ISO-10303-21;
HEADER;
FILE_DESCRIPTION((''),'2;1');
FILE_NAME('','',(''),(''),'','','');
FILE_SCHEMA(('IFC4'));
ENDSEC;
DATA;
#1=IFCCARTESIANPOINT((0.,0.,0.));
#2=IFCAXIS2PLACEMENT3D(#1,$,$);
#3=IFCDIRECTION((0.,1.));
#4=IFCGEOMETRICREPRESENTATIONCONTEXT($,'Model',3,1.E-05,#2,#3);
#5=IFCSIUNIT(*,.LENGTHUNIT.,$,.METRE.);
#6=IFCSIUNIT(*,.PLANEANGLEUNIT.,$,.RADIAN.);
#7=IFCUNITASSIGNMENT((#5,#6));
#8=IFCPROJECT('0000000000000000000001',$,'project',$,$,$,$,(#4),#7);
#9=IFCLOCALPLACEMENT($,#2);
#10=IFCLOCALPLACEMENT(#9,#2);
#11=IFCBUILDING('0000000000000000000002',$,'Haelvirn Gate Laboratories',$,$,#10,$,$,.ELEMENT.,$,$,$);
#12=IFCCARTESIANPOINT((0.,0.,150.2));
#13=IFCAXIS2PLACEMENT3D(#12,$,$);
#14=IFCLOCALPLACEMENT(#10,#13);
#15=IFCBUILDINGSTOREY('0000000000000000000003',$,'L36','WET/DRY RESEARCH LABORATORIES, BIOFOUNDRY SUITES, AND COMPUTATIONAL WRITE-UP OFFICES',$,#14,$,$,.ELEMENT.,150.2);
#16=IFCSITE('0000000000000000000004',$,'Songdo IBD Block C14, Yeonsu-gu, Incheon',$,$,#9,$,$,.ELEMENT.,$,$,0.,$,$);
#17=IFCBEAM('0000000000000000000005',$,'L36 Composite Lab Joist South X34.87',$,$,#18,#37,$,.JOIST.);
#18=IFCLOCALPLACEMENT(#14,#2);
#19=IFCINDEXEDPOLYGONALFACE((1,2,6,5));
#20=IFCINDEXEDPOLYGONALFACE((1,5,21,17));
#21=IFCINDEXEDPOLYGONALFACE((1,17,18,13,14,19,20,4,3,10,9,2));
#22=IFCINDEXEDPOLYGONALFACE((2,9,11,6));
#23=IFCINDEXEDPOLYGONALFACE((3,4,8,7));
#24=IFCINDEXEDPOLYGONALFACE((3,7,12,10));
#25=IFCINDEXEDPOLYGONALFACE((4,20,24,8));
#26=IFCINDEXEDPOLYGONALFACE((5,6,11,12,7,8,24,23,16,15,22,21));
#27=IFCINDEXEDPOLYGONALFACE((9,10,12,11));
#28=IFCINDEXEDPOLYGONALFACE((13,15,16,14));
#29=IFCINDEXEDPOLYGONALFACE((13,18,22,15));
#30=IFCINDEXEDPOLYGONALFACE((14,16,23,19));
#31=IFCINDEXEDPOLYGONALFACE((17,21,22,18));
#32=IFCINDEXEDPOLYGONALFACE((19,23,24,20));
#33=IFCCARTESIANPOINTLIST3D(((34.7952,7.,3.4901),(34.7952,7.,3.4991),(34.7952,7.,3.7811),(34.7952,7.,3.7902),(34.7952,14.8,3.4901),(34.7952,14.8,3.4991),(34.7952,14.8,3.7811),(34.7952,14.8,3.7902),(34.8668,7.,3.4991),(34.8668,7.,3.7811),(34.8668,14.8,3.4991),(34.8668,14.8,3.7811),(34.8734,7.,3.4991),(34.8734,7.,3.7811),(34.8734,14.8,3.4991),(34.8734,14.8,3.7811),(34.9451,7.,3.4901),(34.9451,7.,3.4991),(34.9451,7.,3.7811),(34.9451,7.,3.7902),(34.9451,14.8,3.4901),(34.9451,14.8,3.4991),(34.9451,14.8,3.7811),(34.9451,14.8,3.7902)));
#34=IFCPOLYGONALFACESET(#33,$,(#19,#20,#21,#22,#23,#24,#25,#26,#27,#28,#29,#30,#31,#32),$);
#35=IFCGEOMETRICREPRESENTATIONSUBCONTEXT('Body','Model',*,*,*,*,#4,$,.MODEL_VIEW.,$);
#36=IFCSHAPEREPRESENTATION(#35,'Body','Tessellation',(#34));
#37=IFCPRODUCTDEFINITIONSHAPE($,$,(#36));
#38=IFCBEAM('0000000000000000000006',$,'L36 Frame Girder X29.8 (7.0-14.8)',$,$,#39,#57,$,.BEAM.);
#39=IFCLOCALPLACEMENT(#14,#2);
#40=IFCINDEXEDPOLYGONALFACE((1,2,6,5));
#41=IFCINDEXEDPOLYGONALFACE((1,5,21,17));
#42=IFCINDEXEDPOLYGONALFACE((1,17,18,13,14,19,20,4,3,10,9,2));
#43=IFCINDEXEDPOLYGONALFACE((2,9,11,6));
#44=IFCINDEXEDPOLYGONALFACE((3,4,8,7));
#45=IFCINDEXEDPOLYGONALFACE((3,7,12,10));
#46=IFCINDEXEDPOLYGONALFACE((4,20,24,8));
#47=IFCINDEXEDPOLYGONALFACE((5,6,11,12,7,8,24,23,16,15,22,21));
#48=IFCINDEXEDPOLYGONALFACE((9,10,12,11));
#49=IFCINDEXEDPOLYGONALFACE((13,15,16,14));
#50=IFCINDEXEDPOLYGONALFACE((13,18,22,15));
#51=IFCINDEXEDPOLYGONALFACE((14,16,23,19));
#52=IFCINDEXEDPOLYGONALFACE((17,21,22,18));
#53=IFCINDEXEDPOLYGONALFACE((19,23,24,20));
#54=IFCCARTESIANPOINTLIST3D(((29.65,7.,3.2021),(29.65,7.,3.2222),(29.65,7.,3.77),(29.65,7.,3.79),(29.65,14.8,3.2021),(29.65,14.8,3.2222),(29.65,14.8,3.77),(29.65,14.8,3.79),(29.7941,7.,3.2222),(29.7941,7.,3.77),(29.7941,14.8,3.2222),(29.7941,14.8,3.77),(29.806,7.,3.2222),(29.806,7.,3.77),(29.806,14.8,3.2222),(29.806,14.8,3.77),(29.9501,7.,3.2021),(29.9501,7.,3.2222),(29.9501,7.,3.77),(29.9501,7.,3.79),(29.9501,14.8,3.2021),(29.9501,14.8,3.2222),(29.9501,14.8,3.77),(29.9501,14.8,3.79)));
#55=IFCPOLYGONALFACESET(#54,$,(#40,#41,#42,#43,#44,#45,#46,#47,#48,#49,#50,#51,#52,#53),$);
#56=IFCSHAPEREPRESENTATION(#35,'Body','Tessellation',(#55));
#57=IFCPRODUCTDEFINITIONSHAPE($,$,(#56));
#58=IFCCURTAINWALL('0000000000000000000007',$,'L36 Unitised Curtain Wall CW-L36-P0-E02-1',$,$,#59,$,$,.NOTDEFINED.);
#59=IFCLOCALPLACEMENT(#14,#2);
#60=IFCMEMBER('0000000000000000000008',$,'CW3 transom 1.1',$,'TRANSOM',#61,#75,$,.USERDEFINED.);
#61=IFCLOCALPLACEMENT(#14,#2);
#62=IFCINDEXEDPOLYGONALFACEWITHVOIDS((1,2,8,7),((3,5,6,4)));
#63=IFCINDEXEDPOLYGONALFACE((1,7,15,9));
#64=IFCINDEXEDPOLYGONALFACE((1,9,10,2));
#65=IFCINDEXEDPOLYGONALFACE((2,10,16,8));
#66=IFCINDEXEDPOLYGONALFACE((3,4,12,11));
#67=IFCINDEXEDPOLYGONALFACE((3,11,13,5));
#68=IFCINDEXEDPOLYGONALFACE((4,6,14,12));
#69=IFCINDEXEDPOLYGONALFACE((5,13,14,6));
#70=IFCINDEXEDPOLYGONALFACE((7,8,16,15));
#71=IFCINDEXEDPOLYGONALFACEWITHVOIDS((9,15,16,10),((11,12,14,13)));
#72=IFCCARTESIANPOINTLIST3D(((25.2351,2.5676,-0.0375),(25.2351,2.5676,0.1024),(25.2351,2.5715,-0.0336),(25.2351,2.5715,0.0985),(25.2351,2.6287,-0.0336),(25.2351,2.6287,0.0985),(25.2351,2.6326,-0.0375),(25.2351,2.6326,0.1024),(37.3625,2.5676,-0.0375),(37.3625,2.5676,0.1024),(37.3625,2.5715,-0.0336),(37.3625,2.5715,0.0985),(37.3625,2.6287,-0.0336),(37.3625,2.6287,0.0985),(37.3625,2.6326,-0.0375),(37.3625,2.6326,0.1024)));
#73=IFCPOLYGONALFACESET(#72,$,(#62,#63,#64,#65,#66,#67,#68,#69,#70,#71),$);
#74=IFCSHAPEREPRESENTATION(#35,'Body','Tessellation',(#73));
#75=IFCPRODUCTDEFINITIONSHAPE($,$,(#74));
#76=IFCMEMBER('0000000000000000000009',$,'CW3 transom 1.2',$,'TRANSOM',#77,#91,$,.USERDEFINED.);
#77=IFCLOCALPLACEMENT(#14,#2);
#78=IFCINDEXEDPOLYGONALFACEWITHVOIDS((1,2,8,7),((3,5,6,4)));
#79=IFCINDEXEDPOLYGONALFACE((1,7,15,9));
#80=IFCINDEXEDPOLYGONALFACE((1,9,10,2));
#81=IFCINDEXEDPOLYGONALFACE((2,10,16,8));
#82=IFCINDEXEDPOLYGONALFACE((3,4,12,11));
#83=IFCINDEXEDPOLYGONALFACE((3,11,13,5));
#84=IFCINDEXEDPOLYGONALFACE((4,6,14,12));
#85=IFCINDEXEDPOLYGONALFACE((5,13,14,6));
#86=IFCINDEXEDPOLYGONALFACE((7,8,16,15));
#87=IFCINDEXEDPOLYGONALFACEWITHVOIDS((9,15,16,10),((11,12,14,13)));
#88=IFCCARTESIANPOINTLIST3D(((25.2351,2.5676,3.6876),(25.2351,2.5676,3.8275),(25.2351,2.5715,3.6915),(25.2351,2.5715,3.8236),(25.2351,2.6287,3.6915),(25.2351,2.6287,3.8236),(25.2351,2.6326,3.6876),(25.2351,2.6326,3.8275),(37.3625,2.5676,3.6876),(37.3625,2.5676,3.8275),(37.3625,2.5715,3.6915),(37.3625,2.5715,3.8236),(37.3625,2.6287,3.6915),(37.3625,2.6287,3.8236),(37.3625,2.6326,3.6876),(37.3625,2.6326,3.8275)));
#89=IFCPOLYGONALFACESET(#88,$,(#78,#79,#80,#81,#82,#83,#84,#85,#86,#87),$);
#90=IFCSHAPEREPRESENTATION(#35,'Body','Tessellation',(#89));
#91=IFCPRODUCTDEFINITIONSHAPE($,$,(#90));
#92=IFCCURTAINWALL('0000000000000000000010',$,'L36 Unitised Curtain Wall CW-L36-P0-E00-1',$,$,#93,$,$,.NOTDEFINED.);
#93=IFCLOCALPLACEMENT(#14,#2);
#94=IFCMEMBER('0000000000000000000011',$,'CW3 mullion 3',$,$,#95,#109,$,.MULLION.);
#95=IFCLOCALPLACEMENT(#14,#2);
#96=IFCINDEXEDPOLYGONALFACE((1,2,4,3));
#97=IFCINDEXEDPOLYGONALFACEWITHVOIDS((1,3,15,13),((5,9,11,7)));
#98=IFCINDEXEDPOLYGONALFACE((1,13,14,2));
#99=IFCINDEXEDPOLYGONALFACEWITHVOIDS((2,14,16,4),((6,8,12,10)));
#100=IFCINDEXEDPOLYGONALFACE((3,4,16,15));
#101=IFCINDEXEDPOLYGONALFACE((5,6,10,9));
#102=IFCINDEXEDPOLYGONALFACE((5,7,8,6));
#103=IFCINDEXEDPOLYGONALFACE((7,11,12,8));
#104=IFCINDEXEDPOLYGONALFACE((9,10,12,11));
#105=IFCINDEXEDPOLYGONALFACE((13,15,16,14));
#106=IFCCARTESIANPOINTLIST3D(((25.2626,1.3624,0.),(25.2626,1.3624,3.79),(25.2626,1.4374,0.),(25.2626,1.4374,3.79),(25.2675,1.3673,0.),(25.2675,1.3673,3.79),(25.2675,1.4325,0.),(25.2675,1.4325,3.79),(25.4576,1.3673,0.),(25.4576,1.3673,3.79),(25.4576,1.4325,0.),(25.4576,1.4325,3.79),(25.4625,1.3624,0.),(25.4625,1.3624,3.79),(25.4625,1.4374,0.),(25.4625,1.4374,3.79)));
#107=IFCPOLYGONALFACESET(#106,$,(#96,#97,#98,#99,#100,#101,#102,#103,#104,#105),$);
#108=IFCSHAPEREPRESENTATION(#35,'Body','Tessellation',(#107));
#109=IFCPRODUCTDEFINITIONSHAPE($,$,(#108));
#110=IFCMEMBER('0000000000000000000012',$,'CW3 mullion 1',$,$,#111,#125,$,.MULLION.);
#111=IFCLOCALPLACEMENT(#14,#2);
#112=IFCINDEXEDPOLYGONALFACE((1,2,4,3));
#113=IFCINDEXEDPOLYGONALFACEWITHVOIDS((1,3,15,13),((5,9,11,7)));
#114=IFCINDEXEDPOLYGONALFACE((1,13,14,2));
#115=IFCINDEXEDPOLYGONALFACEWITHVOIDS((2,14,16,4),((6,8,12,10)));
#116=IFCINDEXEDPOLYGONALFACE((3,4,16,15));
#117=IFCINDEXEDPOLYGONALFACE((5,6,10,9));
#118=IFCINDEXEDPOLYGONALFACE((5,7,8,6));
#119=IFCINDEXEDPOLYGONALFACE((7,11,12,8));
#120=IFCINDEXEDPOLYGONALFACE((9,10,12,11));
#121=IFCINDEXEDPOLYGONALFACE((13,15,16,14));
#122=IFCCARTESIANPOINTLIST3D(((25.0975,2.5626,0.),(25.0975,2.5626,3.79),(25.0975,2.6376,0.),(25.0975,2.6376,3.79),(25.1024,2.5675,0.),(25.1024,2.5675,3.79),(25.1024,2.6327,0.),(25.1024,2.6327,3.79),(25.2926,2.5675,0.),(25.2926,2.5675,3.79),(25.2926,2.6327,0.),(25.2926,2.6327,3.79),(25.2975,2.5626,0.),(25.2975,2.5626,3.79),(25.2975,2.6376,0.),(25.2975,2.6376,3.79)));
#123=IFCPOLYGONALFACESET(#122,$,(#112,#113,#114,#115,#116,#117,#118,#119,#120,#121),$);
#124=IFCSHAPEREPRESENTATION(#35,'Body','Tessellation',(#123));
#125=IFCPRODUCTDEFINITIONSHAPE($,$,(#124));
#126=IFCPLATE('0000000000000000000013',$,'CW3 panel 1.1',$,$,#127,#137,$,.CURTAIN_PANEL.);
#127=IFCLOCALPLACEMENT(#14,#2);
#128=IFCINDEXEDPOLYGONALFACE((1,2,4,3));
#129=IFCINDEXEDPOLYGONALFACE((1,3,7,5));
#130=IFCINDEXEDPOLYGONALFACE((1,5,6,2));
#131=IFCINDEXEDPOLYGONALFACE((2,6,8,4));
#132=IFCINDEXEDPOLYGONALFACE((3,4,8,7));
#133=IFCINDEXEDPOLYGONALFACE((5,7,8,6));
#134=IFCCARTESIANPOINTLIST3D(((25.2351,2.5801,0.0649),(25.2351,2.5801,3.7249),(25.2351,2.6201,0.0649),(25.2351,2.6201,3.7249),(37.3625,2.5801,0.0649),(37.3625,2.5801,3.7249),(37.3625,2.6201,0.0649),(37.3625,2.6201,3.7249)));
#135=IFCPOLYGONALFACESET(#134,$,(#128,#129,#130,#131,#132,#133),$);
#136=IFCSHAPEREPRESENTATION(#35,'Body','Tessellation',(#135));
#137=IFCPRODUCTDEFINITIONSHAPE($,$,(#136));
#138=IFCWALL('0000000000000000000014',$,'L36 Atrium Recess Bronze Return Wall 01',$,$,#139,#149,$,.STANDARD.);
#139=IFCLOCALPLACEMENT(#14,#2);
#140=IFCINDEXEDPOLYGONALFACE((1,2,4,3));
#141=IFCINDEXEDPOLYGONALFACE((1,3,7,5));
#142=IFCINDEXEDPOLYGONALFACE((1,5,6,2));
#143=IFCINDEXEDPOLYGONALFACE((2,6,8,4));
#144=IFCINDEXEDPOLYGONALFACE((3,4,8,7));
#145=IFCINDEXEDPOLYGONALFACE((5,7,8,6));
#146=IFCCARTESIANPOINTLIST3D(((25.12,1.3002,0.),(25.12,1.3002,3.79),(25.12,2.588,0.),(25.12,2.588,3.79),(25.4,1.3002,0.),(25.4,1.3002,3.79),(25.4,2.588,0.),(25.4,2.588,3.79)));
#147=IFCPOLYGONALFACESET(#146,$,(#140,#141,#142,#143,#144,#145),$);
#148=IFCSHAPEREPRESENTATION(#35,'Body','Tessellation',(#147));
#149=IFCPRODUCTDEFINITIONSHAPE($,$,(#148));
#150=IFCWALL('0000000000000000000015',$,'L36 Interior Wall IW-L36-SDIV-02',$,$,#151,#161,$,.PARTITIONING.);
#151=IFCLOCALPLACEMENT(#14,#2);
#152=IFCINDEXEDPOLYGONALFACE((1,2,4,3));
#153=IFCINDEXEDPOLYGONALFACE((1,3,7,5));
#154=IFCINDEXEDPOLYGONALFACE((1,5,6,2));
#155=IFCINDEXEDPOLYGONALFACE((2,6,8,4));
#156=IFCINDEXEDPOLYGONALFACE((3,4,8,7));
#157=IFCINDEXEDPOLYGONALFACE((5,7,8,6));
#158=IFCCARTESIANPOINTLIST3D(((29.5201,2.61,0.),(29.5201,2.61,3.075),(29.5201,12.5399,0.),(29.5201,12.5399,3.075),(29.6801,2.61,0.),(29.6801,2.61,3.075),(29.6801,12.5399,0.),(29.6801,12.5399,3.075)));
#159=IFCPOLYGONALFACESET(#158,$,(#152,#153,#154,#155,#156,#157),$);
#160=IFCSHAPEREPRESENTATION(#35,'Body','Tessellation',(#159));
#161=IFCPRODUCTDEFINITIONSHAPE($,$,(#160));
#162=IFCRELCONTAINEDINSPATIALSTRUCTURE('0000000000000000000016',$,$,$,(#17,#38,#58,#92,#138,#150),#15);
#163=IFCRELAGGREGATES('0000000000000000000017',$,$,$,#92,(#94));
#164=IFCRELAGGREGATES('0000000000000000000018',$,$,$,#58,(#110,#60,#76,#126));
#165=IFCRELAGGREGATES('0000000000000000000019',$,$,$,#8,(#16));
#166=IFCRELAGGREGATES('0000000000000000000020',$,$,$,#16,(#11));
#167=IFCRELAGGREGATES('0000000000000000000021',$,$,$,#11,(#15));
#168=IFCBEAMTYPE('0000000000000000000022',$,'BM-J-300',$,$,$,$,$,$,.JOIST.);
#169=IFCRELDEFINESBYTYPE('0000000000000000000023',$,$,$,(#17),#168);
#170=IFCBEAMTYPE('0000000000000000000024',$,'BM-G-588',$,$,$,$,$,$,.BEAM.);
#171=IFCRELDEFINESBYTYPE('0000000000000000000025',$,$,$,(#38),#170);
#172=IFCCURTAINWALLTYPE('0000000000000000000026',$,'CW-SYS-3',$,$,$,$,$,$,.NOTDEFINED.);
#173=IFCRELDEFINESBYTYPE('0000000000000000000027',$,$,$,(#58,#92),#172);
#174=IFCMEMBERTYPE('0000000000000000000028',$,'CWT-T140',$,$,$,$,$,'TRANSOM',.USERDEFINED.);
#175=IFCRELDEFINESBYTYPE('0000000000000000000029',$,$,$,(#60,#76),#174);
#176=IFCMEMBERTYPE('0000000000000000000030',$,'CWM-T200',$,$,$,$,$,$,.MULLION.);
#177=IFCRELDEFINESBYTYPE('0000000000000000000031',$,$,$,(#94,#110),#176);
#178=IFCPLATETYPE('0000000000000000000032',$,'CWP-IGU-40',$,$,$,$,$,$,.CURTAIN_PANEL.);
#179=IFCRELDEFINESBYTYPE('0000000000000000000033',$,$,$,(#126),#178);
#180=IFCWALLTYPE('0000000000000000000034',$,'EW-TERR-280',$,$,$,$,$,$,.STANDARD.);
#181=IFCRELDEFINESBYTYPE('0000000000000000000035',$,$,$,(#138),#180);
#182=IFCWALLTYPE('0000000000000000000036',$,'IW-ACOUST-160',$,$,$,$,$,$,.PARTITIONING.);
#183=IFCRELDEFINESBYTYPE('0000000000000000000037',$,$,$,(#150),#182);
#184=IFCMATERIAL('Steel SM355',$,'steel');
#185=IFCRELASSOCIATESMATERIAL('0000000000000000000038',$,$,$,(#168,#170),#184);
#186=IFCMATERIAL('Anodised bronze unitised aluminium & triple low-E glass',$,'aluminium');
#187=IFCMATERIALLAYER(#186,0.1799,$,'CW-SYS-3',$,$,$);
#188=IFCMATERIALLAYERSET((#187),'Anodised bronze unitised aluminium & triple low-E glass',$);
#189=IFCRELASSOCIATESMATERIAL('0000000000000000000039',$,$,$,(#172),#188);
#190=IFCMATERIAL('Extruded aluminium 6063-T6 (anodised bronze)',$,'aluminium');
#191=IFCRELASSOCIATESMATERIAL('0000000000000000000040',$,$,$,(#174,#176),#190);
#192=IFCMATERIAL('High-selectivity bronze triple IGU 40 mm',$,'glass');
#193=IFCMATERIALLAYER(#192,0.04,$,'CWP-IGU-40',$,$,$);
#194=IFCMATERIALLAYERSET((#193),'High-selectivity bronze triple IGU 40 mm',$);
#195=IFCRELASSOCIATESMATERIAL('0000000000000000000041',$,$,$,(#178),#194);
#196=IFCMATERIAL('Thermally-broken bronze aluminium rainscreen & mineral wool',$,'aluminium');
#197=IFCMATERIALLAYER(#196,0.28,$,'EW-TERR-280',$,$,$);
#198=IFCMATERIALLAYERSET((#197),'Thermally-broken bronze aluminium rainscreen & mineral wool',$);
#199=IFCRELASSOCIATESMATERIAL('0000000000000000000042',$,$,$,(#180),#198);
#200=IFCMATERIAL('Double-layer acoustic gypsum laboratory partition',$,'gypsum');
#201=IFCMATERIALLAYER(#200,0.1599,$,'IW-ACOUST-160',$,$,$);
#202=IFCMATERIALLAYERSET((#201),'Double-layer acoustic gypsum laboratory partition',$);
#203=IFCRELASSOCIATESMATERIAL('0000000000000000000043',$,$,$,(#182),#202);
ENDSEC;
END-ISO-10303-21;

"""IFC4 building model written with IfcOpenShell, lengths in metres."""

from ifc_helpers import new_model, si_unit, direction, frame, frame_2d, origin, origin_2d, place, context, subcontext, project, spatial, rectangle, hollow_rectangle, i_section, extrude, source, transform, mapped, material, layer, layer_set, material_profile, profile_set, type_object, type_shapes, element, aggregate, save


model = new_model("IFC4")

# Units and contexts
model_context = context("Model", 3, precision=1e-05, world=origin(), true_north=direction((0.0, 1.0)))
body_context = subcontext(model_context, "Body", "Model", "MODEL_VIEW")
ifc_project = project(units=[si_unit("LENGTHUNIT", "METRE"), si_unit("PLANEANGLEUNIT", "RADIAN")], contexts=[model_context])

# Site, building, storey
site_placement = place(None, origin())
site = spatial("IfcSite", under=ifc_project, at=site_placement, Name="Songdo IBD Block C14, Yeonsu-gu, Incheon", CompositionType="ELEMENT", RefElevation=0.0)
building_placement = place(site_placement, origin())
building = spatial("IfcBuilding", under=site, at=building_placement, Name="Haelvirn Gate Laboratories", CompositionType="ELEMENT")
storey_placement = place(building_placement, frame((0.0, 0.0, 150.2)))
storey = spatial("IfcBuildingStorey", under=building, at=storey_placement, Name="L36", Description="WET/DRY RESEARCH LABORATORIES, BIOFOUNDRY SUITES, AND COMPUTATIONAL WRITE-UP OFFICES", CompositionType="ELEMENT", Elevation=150.2)

# Shared definitions
ifc_material_1 = material(Name="Steel SM355", Category="steel")

# Beams
ifc_material_profile_1 = material_profile(ifc_material_1, i_section(OverallWidth=0.1499, OverallDepth=0.3, WebThickness=0.0066, FlangeThickness=0.009, at=origin_2d()), Name="H-300x150x6.5x9")
ifc_profile_set_1 = profile_set([ifc_material_profile_1], Name="Steel SM355")
beam_type_1 = type_object("IfcBeamType", Name="BM-J-300", PredefinedType="JOIST", material=ifc_profile_set_1)
shared_shape_1 = source(origin(), body_context, "Body", "SweptSolid", [
    extrude(i_section(OverallWidth=0.1499, OverallDepth=0.3, WebThickness=0.0066, FlangeThickness=0.009, at=origin_2d()), origin(), (0.0, 0.0, 1.0), 7.8),
])
type_shapes(beam_type_1, [shared_shape_1])
for number, where, z_axis, x_axis, name in (
    (1, (34.8701, 7.0, 3.6401), (0.0, 1.0, 0.0), (-1.0, 0.0, 0.0), "L36 Composite Lab Joist South X34.87"),
):
    element("IfcBeam", number, at=place(storey_placement, frame(where, z_axis=z_axis, x_axis=x_axis)), inside=storey, type_object=beam_type_1, Name=name, PredefinedType="JOIST", context=body_context, shape_type="MappedRepresentation", body=[
        mapped(shared_shape_1, transform((0.0, 0.0, 0.0), scale=1.0)),
    ])
ifc_material_profile_2 = material_profile(ifc_material_1, i_section(OverallWidth=0.3, OverallDepth=0.5879, WebThickness=0.012, FlangeThickness=0.02, at=origin_2d()), Name="H-588x300x12x20")
ifc_profile_set_2 = profile_set([ifc_material_profile_2], Name="Steel SM355")
beam_type_2 = type_object("IfcBeamType", Name="BM-G-588", PredefinedType="BEAM", material=ifc_profile_set_2)
shared_shape_2 = source(origin(), body_context, "Body", "SweptSolid", [
    extrude(i_section(OverallWidth=0.3, OverallDepth=0.5879, WebThickness=0.012, FlangeThickness=0.02, at=origin_2d()), origin(), (0.0, 0.0, 1.0), 7.8),
])
type_shapes(beam_type_2, [shared_shape_2])
beam_1_placement = place(storey_placement, frame((29.8, 7.0, 3.4961), z_axis=(0.0, 1.0, 0.0), x_axis=(-1.0, 0.0, 0.0)))
element("IfcBeam", 2, at=beam_1_placement, inside=storey, type_object=beam_type_2, Name="L36 Frame Girder X29.8 (7.0-14.8)", PredefinedType="BEAM", context=body_context, shape_type="MappedRepresentation", body=[
    mapped(shared_shape_2, transform((0.0, 0.0, 0.0), scale=1.0)),
])

# Curtain wall, members
ifc_material_2 = material(Name="Anodised bronze unitised aluminium & triple low-E glass", Category="aluminium")
ifc_layer_1 = layer(ifc_material_2, 0.1799, Name="CW-SYS-3")
ifc_layer_set_1 = layer_set([ifc_layer_1], Name="Anodised bronze unitised aluminium & triple low-E glass")
curtain_wall_type = type_object("IfcCurtainWallType", Name="CW-SYS-3", PredefinedType="NOTDEFINED", material=ifc_layer_set_1)
curtain_wall_1_placement = place(storey_placement, origin())
curtain_wall_1 = element("IfcCurtainWall", 3, at=curtain_wall_1_placement, inside=storey, type_object=curtain_wall_type, Name="L36 Unitised Curtain Wall CW-L36-P0-E02-1", PredefinedType="NOTDEFINED")
ifc_material_3 = material(Name="Extruded aluminium 6063-T6 (anodised bronze)", Category="aluminium")
ifc_material_profile_3 = material_profile(ifc_material_3, hollow_rectangle(XDim=0.0649, YDim=0.1399, WallThickness=0.0039, at=origin_2d()), Name="CWT-140x65x4")
ifc_profile_set_3 = profile_set([ifc_material_profile_3], Name="Extruded aluminium 6063-T6 (anodised bronze)")
member_type_1 = type_object("IfcMemberType", Name="CWT-T140", ElementType="TRANSOM", PredefinedType="USERDEFINED", material=ifc_profile_set_3)
shared_shape_3 = source(origin(), body_context, "Body", "SweptSolid", [
    extrude(hollow_rectangle(XDim=0.0649, YDim=0.1399, WallThickness=0.0039, at=origin_2d()), origin(), (0.0, 0.0, 1.0), 12.1274),
])
type_shapes(member_type_1, [shared_shape_3])
member_1_placement = place(storey_placement, frame((25.2351, 2.6001, 0.0325), z_axis=(1.0, 0.0, 0.0), x_axis=(0.0, 1.0, 0.0)))
member_1 = element("IfcMember", 4, at=member_1_placement, type_object=member_type_1, Name="CW3 transom 1.1", ObjectType="TRANSOM", PredefinedType="USERDEFINED", context=body_context, shape_type="MappedRepresentation", body=[
    mapped(shared_shape_3, transform((0.0, 0.0, 0.0), scale=1.0)),
])
member_2_placement = place(storey_placement, frame((25.2351, 2.6001, 3.7576), z_axis=(1.0, 0.0, 0.0), x_axis=(0.0, 1.0, 0.0)))
member_2 = element("IfcMember", 5, at=member_2_placement, type_object=member_type_1, Name="CW3 transom 1.2", ObjectType="TRANSOM", PredefinedType="USERDEFINED", context=body_context, shape_type="MappedRepresentation", body=[
    mapped(shared_shape_3, transform((0.0, 0.0, 0.0), scale=1.0)),
])

# Curtain wall, member
curtain_wall_2_placement = place(storey_placement, origin())
curtain_wall_2 = element("IfcCurtainWall", 6, at=curtain_wall_2_placement, inside=storey, type_object=curtain_wall_type, Name="L36 Unitised Curtain Wall CW-L36-P0-E00-1", PredefinedType="NOTDEFINED")
ifc_material_profile_4 = material_profile(ifc_material_3, hollow_rectangle(XDim=0.075, YDim=0.2, WallThickness=0.0049, at=origin_2d()), Name="CWM-200x75x5")
ifc_profile_set_4 = profile_set([ifc_material_profile_4], Name="Extruded aluminium 6063-T6 (anodised bronze)")
member_type_2 = type_object("IfcMemberType", Name="CWM-T200", PredefinedType="MULLION", material=ifc_profile_set_4)
shared_shape_4 = source(origin(), body_context, "Body", "SweptSolid", [
    extrude(hollow_rectangle(XDim=0.075, YDim=0.2, WallThickness=0.0049, at=origin_2d()), origin(), (0.0, 0.0, 1.0), 3.79),
])
type_shapes(member_type_2, [shared_shape_4])
member_3_placement = place(storey_placement, frame((25.3625, 1.3999, 0.0), z_axis=(0.0, 0.0, 1.0), x_axis=(0.0, 1.0, 0.0)))
member_3 = element("IfcMember", 7, at=member_3_placement, type_object=member_type_2, Name="CW3 mullion 3", PredefinedType="MULLION", context=body_context, shape_type="MappedRepresentation", body=[
    mapped(shared_shape_4, transform((0.0, 0.0, 0.0), scale=1.0)),
])
aggregate(curtain_wall_2, [member_3])

# Member
member_4_placement = place(storey_placement, frame((25.1975, 2.6001, 0.0), z_axis=(0.0, 0.0, 1.0), x_axis=(0.0, 1.0, 0.0)))
member_4 = element("IfcMember", 8, at=member_4_placement, type_object=member_type_2, Name="CW3 mullion 1", PredefinedType="MULLION", context=body_context, shape_type="MappedRepresentation", body=[
    mapped(shared_shape_4, transform((0.0, 0.0, 0.0), scale=1.0)),
])

# Plate
ifc_material_4 = material(Name="High-selectivity bronze triple IGU 40 mm", Category="glass")
ifc_layer_2 = layer(ifc_material_4, 0.04, Name="CWP-IGU-40")
ifc_layer_set_2 = layer_set([ifc_layer_2], Name="High-selectivity bronze triple IGU 40 mm")
plate_type = type_object("IfcPlateType", Name="CWP-IGU-40", PredefinedType="CURTAIN_PANEL", material=ifc_layer_set_2)
shared_shape_5 = source(origin(), body_context, "Body", "SweptSolid", [
    extrude(rectangle(XDim=12.1274, YDim=0.04, at=origin_2d()), origin(), (0.0, 0.0, 1.0), 3.6599),
])
type_shapes(plate_type, [shared_shape_5])
plate_placement = place(storey_placement, frame((31.2988, 2.6001, 0.0649), z_axis=(0.0, 0.0, 1.0), x_axis=(1.0, 0.0, 0.0)))
plate = element("IfcPlate", 9, at=plate_placement, type_object=plate_type, Name="CW3 panel 1.1", PredefinedType="CURTAIN_PANEL", context=body_context, shape_type="MappedRepresentation", body=[
    mapped(shared_shape_5, transform((0.0, 0.0, 0.0), scale=1.0)),
])
aggregate(curtain_wall_1, [member_4, member_1, member_2, plate])

# Walls
ifc_material_5 = material(Name="Thermally-broken bronze aluminium rainscreen & mineral wool", Category="aluminium")
ifc_layer_3 = layer(ifc_material_5, 0.28, Name="EW-TERR-280")
ifc_layer_set_3 = layer_set([ifc_layer_3], Name="Thermally-broken bronze aluminium rainscreen & mineral wool")
wall_type_1 = type_object("IfcWallType", Name="EW-TERR-280", PredefinedType="STANDARD", material=ifc_layer_set_3)
wall_1_placement = place(storey_placement, frame((25.26, 1.3, 0.0), z_axis=(0.0, 0.0, 1.0), x_axis=(0.0, 1.0, 0.0)))
element("IfcWall", 10, at=wall_1_placement, inside=storey, type_object=wall_type_1, Name="L36 Atrium Recess Bronze Return Wall 01", PredefinedType="STANDARD", context=body_context, shape_type="SweptSolid", body=[
    extrude(rectangle(XDim=1.2878, YDim=0.28, at=frame_2d((0.644, 0.0))), origin(), (0.0, 0.0, 1.0), 3.79),
])
ifc_material_6 = material(Name="Double-layer acoustic gypsum laboratory partition", Category="gypsum")
ifc_layer_4 = layer(ifc_material_6, 0.1599, Name="IW-ACOUST-160")
ifc_layer_set_4 = layer_set([ifc_layer_4], Name="Double-layer acoustic gypsum laboratory partition")
wall_type_2 = type_object("IfcWallType", Name="IW-ACOUST-160", PredefinedType="PARTITIONING", material=ifc_layer_set_4)
wall_2_placement = place(storey_placement, frame((29.6001, 2.6101, 0.0), z_axis=(0.0, 0.0, 1.0), x_axis=(0.0, 1.0, 0.0)))
element("IfcWall", 11, at=wall_2_placement, inside=storey, type_object=wall_type_2, Name="L36 Interior Wall IW-L36-SDIV-02", PredefinedType="PARTITIONING", context=body_context, shape_type="SweptSolid", body=[
    extrude(rectangle(XDim=9.9299, YDim=0.1599, at=frame_2d((4.9648, 0.0))), origin(), (0.0, 0.0, 1.0), 3.075),
])

save(model, "model.ifc")
